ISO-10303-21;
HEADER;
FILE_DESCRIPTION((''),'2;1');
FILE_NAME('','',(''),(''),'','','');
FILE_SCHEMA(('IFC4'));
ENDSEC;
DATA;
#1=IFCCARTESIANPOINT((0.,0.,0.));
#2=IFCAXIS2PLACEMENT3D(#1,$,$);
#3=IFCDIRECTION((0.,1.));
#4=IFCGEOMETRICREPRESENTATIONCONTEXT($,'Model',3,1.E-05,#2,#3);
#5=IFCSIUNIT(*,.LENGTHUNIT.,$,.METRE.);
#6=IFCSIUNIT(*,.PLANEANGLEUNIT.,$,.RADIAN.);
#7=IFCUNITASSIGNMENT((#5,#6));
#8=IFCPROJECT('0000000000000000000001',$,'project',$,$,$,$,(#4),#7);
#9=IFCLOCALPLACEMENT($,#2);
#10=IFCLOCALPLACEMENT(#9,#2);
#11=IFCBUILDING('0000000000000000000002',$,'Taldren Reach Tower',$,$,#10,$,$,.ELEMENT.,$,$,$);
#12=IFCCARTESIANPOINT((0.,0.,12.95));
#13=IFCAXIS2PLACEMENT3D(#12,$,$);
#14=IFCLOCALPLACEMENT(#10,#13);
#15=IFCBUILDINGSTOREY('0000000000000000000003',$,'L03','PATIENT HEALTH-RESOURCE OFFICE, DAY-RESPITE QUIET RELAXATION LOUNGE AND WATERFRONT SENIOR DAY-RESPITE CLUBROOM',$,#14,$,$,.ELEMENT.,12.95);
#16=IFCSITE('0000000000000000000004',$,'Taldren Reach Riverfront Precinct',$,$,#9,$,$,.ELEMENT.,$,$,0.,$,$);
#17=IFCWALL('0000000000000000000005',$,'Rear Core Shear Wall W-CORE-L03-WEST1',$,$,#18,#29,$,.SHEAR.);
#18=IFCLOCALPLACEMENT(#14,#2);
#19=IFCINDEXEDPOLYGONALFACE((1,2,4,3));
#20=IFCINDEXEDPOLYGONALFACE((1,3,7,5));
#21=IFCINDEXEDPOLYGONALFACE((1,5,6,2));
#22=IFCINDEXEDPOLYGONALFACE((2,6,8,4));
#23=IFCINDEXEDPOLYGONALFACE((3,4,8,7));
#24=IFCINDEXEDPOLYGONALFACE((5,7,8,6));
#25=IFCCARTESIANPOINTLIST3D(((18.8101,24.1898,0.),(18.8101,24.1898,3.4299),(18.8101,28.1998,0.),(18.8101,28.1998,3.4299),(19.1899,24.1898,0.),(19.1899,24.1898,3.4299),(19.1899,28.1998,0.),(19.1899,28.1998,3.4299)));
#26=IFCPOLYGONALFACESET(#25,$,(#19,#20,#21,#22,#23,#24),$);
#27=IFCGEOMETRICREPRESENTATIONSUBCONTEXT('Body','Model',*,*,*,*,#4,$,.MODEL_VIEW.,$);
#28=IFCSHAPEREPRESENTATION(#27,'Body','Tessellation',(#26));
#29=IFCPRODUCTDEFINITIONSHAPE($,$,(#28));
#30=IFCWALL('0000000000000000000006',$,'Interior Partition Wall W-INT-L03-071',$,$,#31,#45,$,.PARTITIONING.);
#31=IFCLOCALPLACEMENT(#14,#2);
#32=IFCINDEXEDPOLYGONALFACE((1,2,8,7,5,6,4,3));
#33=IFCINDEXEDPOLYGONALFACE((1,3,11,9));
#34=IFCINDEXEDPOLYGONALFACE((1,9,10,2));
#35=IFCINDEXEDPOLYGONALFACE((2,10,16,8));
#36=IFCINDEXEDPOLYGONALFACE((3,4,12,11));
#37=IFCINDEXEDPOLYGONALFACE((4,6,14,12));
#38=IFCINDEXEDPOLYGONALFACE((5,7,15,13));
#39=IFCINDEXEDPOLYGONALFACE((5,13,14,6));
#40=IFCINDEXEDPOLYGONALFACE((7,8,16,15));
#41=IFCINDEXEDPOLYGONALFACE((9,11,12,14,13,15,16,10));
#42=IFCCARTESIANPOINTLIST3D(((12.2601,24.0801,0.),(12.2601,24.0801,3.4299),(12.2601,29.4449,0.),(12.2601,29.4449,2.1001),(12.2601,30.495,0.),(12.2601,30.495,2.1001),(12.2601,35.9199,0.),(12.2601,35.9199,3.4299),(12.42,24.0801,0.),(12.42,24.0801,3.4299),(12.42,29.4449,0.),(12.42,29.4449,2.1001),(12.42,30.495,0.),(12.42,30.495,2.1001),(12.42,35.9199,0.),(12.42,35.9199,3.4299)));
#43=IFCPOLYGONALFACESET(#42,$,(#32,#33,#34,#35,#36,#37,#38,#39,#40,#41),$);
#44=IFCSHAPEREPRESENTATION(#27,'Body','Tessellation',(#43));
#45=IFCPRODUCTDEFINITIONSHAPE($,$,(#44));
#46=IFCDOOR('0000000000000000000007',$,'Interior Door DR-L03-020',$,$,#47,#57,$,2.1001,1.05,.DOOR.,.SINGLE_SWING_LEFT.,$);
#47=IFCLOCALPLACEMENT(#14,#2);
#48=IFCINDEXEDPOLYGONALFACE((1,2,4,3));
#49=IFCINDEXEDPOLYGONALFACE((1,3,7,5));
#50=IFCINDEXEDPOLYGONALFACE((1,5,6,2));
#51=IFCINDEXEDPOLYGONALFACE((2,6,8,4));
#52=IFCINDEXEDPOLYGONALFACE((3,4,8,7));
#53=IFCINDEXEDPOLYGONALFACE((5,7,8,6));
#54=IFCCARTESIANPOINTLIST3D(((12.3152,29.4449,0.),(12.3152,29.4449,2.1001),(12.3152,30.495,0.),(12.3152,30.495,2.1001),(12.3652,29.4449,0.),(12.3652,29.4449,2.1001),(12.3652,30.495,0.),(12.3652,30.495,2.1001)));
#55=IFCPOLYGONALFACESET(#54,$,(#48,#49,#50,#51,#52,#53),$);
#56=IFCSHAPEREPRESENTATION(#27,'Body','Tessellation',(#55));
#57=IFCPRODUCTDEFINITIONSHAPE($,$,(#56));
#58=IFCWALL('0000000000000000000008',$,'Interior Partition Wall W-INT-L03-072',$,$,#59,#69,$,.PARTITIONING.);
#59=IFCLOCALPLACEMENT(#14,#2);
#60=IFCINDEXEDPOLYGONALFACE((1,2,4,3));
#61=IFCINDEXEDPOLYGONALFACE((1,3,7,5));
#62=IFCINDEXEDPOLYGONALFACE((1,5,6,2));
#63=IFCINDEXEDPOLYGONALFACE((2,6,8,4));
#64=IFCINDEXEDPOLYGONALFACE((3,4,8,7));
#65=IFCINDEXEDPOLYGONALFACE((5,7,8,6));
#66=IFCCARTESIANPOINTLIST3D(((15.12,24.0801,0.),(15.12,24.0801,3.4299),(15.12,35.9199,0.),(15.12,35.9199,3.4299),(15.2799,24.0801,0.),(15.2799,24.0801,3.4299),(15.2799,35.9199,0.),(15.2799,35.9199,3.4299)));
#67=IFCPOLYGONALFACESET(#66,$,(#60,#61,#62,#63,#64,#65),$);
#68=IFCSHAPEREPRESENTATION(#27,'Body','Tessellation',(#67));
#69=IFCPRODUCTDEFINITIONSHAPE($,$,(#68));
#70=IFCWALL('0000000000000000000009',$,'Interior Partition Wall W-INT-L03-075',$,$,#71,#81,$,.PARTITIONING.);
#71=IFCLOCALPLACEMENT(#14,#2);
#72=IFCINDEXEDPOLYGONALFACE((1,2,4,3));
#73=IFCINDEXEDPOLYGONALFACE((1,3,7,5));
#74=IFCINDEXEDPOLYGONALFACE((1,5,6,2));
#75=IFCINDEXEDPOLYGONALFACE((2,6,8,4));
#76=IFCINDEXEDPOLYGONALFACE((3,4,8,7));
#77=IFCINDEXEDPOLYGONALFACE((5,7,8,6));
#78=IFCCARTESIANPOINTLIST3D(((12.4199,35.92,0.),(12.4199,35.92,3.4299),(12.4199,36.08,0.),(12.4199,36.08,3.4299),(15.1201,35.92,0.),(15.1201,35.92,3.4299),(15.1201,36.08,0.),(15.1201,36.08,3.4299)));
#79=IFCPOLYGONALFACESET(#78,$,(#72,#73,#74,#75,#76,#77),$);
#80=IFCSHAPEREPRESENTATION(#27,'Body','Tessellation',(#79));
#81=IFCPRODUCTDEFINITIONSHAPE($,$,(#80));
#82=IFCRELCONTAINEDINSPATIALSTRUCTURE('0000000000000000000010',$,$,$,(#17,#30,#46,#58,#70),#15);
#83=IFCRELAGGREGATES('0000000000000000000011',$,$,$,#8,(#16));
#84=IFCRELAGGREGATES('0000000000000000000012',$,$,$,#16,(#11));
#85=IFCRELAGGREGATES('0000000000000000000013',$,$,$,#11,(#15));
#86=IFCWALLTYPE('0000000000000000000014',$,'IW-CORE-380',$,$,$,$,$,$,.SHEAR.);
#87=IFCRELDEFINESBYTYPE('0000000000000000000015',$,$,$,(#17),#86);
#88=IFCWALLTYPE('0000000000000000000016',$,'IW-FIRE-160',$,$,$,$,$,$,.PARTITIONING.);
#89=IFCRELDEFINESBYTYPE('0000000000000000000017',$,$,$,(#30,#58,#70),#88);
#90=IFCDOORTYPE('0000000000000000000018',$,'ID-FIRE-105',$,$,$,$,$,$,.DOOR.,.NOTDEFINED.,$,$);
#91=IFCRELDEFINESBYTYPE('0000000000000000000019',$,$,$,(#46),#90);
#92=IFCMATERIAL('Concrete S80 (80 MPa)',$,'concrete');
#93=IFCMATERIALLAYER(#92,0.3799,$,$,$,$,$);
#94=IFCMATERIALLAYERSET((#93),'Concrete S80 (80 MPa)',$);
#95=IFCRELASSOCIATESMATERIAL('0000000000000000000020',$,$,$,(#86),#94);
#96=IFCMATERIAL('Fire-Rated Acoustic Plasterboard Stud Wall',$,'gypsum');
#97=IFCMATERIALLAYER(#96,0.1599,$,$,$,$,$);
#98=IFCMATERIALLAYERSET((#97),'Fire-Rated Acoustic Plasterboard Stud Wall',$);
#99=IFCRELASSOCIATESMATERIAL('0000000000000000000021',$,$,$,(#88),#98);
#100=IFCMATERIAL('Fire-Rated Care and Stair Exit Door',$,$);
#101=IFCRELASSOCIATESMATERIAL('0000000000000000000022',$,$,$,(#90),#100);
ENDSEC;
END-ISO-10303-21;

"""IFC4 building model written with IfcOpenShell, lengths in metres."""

from ifc_helpers import new_model, si_unit, direction, frame, frame_2d, origin, place, context, subcontext, project, spatial, rectangle, extrude, source, transform, mapped, material, layer, layer_set, type_object, element, fill, save


model = new_model("IFC4")

# Units and contexts
model_context = context("Model", 3, precision=1e-05, world=origin(), true_north=direction((0.0, 1.0)))
body_context = subcontext(model_context, "Body", "Model", "MODEL_VIEW")
ifc_project = project(units=[si_unit("LENGTHUNIT", "METRE"), si_unit("PLANEANGLEUNIT", "RADIAN")], contexts=[model_context])

# Site, building, storey
site_placement = place(None, origin())
site = spatial("IfcSite", under=ifc_project, at=site_placement, Name="Taldren Reach Riverfront Precinct", CompositionType="ELEMENT", RefElevation=0.0)
building_placement = place(site_placement, origin())
building = spatial("IfcBuilding", under=site, at=building_placement, Name="Taldren Reach Tower", CompositionType="ELEMENT")
storey_placement = place(building_placement, frame((0.0, 0.0, 12.95)))
storey = spatial("IfcBuildingStorey", under=building, at=storey_placement, Name="L03", Description="PATIENT HEALTH-RESOURCE OFFICE, DAY-RESPITE QUIET RELAXATION LOUNGE AND WATERFRONT SENIOR DAY-RESPITE CLUBROOM", CompositionType="ELEMENT", Elevation=12.95)

# Shared definitions
ifc_material_1 = material(Name="Concrete S80 (80 MPa)", Category="concrete")

# Wall
ifc_layer_1 = layer(ifc_material_1, 0.3799)
ifc_layer_set_1 = layer_set([ifc_layer_1], Name="Concrete S80 (80 MPa)")
wall_type_1 = type_object("IfcWallType", Name="IW-CORE-380", PredefinedType="SHEAR", material=ifc_layer_set_1)
shared_shape_1 = source(origin(), body_context, "Body", "SweptSolid", [
    extrude(rectangle(XDim=4.01, YDim=0.3799, at=frame_2d((2.0049, 0.0))), origin(), (0.0, 0.0, 1.0), 3.4299),
])
wall_1_placement = place(storey_placement, frame((19.0, 24.1899, 0.0), z_axis=(0.0, 0.0, 1.0), x_axis=(0.0, 1.0, 0.0)))
element("IfcWall", 1, at=wall_1_placement, inside=storey, type_object=wall_type_1, Name="Rear Core Shear Wall W-CORE-L03-WEST1", PredefinedType="SHEAR", context=body_context, shape_type="MappedRepresentation", body=[
    mapped(shared_shape_1, transform((0.0, 0.0, 0.0), scale=1.0)),
])

# Wall, opening, door
ifc_material_2 = material(Name="Fire-Rated Acoustic Plasterboard Stud Wall", Category="gypsum")
ifc_layer_2 = layer(ifc_material_2, 0.1599)
ifc_layer_set_2 = layer_set([ifc_layer_2], Name="Fire-Rated Acoustic Plasterboard Stud Wall")
wall_type_2 = type_object("IfcWallType", Name="IW-FIRE-160", PredefinedType="PARTITIONING", material=ifc_layer_set_2)
shared_shape_2 = source(origin(), body_context, "Body", "SweptSolid", [
    extrude(rectangle(XDim=11.8398, YDim=0.1599, at=frame_2d((5.9199, 0.0))), origin(), (0.0, 0.0, 1.0), 3.4299),
])
wall_2_placement = place(storey_placement, frame((12.3401, 24.0801, 0.0), z_axis=(0.0, 0.0, 1.0), x_axis=(0.0, 1.0, 0.0)))
wall_2 = element("IfcWall", 2, at=wall_2_placement, inside=storey, type_object=wall_type_2, Name="Interior Partition Wall W-INT-L03-071", PredefinedType="PARTITIONING", context=body_context, shape_type="MappedRepresentation", body=[
    mapped(shared_shape_2, transform((0.0, 0.0, 0.0), scale=1.0)),
])
shared_shape_3 = source(origin(), body_context, "Body", "SweptSolid", [
    extrude(rectangle(XDim=1.05, YDim=2.1001, at=frame_2d((0.5249, 1.05))), frame((0.0, 0.0898, 0.0), z_axis=(0.0, -1.0, 0.0), x_axis=(1.0, 0.0, 0.0)), (0.0, 0.0, 1.0), 0.1799),
])
opening_1_placement = place(wall_2_placement, frame((5.365, 0.0, 0.0)))
opening_1 = element("IfcOpeningElement", 3, at=opening_1_placement, cuts=wall_2, PredefinedType="OPENING", context=body_context, shape_type="MappedRepresentation", body=[
    mapped(shared_shape_3, transform((0.0, 0.0, 0.0), scale=1.0)),
])
ifc_material_3 = material(Name="Fire-Rated Care and Stair Exit Door")
door_type = type_object("IfcDoorType", Name="ID-FIRE-105", OperationType="NOTDEFINED", PredefinedType="DOOR", material=ifc_material_3)
shared_shape_4 = source(origin(), body_context, "Body", "SweptSolid", [
    extrude(rectangle(XDim=1.05, YDim=2.1001, at=frame_2d((0.5249, 1.05))), frame((0.0, 0.0249, 0.0), z_axis=(0.0, -1.0, 0.0), x_axis=(1.0, 0.0, 0.0)), (0.0, 0.0, 1.0), 0.05),
])
door_placement = place(opening_1_placement, origin())
door = element("IfcDoor", 4, at=door_placement, inside=storey, type_object=door_type, Name="Interior Door DR-L03-020", OperationType="SINGLE_SWING_LEFT", OverallHeight=2.1001, OverallWidth=1.05, PredefinedType="DOOR", context=body_context, shape_type="MappedRepresentation", body=[
    mapped(shared_shape_4, transform((0.0, 0.0, 0.0), scale=1.0)),
])
fill(opening_1, door)

# Walls
wall_3_placement = place(storey_placement, frame((15.2, 35.9199, 0.0), z_axis=(0.0, 0.0, 1.0), x_axis=(0.0, -1.0, 0.0)))
element("IfcWall", 5, at=wall_3_placement, inside=storey, type_object=wall_type_2, Name="Interior Partition Wall W-INT-L03-072", PredefinedType="PARTITIONING", context=body_context, shape_type="MappedRepresentation", body=[
    mapped(shared_shape_2, transform((0.0, 0.0, 0.0), scale=1.0)),
])
shared_shape_5 = source(origin(), body_context, "Body", "SweptSolid", [
    extrude(rectangle(XDim=2.7002, YDim=0.1599, at=frame_2d((1.3501, 0.0))), origin(), (0.0, 0.0, 1.0), 3.4299),
])
wall_4_placement = place(storey_placement, frame((12.4199, 36.0, 0.0), z_axis=(0.0, 0.0, 1.0), x_axis=(1.0, 0.0, 0.0)))
element("IfcWall", 6, at=wall_4_placement, inside=storey, type_object=wall_type_2, Name="Interior Partition Wall W-INT-L03-075", PredefinedType="PARTITIONING", context=body_context, shape_type="MappedRepresentation", body=[
    mapped(shared_shape_5, transform((0.0, 0.0, 0.0), scale=1.0)),
])

save(model, "model.ifc")
